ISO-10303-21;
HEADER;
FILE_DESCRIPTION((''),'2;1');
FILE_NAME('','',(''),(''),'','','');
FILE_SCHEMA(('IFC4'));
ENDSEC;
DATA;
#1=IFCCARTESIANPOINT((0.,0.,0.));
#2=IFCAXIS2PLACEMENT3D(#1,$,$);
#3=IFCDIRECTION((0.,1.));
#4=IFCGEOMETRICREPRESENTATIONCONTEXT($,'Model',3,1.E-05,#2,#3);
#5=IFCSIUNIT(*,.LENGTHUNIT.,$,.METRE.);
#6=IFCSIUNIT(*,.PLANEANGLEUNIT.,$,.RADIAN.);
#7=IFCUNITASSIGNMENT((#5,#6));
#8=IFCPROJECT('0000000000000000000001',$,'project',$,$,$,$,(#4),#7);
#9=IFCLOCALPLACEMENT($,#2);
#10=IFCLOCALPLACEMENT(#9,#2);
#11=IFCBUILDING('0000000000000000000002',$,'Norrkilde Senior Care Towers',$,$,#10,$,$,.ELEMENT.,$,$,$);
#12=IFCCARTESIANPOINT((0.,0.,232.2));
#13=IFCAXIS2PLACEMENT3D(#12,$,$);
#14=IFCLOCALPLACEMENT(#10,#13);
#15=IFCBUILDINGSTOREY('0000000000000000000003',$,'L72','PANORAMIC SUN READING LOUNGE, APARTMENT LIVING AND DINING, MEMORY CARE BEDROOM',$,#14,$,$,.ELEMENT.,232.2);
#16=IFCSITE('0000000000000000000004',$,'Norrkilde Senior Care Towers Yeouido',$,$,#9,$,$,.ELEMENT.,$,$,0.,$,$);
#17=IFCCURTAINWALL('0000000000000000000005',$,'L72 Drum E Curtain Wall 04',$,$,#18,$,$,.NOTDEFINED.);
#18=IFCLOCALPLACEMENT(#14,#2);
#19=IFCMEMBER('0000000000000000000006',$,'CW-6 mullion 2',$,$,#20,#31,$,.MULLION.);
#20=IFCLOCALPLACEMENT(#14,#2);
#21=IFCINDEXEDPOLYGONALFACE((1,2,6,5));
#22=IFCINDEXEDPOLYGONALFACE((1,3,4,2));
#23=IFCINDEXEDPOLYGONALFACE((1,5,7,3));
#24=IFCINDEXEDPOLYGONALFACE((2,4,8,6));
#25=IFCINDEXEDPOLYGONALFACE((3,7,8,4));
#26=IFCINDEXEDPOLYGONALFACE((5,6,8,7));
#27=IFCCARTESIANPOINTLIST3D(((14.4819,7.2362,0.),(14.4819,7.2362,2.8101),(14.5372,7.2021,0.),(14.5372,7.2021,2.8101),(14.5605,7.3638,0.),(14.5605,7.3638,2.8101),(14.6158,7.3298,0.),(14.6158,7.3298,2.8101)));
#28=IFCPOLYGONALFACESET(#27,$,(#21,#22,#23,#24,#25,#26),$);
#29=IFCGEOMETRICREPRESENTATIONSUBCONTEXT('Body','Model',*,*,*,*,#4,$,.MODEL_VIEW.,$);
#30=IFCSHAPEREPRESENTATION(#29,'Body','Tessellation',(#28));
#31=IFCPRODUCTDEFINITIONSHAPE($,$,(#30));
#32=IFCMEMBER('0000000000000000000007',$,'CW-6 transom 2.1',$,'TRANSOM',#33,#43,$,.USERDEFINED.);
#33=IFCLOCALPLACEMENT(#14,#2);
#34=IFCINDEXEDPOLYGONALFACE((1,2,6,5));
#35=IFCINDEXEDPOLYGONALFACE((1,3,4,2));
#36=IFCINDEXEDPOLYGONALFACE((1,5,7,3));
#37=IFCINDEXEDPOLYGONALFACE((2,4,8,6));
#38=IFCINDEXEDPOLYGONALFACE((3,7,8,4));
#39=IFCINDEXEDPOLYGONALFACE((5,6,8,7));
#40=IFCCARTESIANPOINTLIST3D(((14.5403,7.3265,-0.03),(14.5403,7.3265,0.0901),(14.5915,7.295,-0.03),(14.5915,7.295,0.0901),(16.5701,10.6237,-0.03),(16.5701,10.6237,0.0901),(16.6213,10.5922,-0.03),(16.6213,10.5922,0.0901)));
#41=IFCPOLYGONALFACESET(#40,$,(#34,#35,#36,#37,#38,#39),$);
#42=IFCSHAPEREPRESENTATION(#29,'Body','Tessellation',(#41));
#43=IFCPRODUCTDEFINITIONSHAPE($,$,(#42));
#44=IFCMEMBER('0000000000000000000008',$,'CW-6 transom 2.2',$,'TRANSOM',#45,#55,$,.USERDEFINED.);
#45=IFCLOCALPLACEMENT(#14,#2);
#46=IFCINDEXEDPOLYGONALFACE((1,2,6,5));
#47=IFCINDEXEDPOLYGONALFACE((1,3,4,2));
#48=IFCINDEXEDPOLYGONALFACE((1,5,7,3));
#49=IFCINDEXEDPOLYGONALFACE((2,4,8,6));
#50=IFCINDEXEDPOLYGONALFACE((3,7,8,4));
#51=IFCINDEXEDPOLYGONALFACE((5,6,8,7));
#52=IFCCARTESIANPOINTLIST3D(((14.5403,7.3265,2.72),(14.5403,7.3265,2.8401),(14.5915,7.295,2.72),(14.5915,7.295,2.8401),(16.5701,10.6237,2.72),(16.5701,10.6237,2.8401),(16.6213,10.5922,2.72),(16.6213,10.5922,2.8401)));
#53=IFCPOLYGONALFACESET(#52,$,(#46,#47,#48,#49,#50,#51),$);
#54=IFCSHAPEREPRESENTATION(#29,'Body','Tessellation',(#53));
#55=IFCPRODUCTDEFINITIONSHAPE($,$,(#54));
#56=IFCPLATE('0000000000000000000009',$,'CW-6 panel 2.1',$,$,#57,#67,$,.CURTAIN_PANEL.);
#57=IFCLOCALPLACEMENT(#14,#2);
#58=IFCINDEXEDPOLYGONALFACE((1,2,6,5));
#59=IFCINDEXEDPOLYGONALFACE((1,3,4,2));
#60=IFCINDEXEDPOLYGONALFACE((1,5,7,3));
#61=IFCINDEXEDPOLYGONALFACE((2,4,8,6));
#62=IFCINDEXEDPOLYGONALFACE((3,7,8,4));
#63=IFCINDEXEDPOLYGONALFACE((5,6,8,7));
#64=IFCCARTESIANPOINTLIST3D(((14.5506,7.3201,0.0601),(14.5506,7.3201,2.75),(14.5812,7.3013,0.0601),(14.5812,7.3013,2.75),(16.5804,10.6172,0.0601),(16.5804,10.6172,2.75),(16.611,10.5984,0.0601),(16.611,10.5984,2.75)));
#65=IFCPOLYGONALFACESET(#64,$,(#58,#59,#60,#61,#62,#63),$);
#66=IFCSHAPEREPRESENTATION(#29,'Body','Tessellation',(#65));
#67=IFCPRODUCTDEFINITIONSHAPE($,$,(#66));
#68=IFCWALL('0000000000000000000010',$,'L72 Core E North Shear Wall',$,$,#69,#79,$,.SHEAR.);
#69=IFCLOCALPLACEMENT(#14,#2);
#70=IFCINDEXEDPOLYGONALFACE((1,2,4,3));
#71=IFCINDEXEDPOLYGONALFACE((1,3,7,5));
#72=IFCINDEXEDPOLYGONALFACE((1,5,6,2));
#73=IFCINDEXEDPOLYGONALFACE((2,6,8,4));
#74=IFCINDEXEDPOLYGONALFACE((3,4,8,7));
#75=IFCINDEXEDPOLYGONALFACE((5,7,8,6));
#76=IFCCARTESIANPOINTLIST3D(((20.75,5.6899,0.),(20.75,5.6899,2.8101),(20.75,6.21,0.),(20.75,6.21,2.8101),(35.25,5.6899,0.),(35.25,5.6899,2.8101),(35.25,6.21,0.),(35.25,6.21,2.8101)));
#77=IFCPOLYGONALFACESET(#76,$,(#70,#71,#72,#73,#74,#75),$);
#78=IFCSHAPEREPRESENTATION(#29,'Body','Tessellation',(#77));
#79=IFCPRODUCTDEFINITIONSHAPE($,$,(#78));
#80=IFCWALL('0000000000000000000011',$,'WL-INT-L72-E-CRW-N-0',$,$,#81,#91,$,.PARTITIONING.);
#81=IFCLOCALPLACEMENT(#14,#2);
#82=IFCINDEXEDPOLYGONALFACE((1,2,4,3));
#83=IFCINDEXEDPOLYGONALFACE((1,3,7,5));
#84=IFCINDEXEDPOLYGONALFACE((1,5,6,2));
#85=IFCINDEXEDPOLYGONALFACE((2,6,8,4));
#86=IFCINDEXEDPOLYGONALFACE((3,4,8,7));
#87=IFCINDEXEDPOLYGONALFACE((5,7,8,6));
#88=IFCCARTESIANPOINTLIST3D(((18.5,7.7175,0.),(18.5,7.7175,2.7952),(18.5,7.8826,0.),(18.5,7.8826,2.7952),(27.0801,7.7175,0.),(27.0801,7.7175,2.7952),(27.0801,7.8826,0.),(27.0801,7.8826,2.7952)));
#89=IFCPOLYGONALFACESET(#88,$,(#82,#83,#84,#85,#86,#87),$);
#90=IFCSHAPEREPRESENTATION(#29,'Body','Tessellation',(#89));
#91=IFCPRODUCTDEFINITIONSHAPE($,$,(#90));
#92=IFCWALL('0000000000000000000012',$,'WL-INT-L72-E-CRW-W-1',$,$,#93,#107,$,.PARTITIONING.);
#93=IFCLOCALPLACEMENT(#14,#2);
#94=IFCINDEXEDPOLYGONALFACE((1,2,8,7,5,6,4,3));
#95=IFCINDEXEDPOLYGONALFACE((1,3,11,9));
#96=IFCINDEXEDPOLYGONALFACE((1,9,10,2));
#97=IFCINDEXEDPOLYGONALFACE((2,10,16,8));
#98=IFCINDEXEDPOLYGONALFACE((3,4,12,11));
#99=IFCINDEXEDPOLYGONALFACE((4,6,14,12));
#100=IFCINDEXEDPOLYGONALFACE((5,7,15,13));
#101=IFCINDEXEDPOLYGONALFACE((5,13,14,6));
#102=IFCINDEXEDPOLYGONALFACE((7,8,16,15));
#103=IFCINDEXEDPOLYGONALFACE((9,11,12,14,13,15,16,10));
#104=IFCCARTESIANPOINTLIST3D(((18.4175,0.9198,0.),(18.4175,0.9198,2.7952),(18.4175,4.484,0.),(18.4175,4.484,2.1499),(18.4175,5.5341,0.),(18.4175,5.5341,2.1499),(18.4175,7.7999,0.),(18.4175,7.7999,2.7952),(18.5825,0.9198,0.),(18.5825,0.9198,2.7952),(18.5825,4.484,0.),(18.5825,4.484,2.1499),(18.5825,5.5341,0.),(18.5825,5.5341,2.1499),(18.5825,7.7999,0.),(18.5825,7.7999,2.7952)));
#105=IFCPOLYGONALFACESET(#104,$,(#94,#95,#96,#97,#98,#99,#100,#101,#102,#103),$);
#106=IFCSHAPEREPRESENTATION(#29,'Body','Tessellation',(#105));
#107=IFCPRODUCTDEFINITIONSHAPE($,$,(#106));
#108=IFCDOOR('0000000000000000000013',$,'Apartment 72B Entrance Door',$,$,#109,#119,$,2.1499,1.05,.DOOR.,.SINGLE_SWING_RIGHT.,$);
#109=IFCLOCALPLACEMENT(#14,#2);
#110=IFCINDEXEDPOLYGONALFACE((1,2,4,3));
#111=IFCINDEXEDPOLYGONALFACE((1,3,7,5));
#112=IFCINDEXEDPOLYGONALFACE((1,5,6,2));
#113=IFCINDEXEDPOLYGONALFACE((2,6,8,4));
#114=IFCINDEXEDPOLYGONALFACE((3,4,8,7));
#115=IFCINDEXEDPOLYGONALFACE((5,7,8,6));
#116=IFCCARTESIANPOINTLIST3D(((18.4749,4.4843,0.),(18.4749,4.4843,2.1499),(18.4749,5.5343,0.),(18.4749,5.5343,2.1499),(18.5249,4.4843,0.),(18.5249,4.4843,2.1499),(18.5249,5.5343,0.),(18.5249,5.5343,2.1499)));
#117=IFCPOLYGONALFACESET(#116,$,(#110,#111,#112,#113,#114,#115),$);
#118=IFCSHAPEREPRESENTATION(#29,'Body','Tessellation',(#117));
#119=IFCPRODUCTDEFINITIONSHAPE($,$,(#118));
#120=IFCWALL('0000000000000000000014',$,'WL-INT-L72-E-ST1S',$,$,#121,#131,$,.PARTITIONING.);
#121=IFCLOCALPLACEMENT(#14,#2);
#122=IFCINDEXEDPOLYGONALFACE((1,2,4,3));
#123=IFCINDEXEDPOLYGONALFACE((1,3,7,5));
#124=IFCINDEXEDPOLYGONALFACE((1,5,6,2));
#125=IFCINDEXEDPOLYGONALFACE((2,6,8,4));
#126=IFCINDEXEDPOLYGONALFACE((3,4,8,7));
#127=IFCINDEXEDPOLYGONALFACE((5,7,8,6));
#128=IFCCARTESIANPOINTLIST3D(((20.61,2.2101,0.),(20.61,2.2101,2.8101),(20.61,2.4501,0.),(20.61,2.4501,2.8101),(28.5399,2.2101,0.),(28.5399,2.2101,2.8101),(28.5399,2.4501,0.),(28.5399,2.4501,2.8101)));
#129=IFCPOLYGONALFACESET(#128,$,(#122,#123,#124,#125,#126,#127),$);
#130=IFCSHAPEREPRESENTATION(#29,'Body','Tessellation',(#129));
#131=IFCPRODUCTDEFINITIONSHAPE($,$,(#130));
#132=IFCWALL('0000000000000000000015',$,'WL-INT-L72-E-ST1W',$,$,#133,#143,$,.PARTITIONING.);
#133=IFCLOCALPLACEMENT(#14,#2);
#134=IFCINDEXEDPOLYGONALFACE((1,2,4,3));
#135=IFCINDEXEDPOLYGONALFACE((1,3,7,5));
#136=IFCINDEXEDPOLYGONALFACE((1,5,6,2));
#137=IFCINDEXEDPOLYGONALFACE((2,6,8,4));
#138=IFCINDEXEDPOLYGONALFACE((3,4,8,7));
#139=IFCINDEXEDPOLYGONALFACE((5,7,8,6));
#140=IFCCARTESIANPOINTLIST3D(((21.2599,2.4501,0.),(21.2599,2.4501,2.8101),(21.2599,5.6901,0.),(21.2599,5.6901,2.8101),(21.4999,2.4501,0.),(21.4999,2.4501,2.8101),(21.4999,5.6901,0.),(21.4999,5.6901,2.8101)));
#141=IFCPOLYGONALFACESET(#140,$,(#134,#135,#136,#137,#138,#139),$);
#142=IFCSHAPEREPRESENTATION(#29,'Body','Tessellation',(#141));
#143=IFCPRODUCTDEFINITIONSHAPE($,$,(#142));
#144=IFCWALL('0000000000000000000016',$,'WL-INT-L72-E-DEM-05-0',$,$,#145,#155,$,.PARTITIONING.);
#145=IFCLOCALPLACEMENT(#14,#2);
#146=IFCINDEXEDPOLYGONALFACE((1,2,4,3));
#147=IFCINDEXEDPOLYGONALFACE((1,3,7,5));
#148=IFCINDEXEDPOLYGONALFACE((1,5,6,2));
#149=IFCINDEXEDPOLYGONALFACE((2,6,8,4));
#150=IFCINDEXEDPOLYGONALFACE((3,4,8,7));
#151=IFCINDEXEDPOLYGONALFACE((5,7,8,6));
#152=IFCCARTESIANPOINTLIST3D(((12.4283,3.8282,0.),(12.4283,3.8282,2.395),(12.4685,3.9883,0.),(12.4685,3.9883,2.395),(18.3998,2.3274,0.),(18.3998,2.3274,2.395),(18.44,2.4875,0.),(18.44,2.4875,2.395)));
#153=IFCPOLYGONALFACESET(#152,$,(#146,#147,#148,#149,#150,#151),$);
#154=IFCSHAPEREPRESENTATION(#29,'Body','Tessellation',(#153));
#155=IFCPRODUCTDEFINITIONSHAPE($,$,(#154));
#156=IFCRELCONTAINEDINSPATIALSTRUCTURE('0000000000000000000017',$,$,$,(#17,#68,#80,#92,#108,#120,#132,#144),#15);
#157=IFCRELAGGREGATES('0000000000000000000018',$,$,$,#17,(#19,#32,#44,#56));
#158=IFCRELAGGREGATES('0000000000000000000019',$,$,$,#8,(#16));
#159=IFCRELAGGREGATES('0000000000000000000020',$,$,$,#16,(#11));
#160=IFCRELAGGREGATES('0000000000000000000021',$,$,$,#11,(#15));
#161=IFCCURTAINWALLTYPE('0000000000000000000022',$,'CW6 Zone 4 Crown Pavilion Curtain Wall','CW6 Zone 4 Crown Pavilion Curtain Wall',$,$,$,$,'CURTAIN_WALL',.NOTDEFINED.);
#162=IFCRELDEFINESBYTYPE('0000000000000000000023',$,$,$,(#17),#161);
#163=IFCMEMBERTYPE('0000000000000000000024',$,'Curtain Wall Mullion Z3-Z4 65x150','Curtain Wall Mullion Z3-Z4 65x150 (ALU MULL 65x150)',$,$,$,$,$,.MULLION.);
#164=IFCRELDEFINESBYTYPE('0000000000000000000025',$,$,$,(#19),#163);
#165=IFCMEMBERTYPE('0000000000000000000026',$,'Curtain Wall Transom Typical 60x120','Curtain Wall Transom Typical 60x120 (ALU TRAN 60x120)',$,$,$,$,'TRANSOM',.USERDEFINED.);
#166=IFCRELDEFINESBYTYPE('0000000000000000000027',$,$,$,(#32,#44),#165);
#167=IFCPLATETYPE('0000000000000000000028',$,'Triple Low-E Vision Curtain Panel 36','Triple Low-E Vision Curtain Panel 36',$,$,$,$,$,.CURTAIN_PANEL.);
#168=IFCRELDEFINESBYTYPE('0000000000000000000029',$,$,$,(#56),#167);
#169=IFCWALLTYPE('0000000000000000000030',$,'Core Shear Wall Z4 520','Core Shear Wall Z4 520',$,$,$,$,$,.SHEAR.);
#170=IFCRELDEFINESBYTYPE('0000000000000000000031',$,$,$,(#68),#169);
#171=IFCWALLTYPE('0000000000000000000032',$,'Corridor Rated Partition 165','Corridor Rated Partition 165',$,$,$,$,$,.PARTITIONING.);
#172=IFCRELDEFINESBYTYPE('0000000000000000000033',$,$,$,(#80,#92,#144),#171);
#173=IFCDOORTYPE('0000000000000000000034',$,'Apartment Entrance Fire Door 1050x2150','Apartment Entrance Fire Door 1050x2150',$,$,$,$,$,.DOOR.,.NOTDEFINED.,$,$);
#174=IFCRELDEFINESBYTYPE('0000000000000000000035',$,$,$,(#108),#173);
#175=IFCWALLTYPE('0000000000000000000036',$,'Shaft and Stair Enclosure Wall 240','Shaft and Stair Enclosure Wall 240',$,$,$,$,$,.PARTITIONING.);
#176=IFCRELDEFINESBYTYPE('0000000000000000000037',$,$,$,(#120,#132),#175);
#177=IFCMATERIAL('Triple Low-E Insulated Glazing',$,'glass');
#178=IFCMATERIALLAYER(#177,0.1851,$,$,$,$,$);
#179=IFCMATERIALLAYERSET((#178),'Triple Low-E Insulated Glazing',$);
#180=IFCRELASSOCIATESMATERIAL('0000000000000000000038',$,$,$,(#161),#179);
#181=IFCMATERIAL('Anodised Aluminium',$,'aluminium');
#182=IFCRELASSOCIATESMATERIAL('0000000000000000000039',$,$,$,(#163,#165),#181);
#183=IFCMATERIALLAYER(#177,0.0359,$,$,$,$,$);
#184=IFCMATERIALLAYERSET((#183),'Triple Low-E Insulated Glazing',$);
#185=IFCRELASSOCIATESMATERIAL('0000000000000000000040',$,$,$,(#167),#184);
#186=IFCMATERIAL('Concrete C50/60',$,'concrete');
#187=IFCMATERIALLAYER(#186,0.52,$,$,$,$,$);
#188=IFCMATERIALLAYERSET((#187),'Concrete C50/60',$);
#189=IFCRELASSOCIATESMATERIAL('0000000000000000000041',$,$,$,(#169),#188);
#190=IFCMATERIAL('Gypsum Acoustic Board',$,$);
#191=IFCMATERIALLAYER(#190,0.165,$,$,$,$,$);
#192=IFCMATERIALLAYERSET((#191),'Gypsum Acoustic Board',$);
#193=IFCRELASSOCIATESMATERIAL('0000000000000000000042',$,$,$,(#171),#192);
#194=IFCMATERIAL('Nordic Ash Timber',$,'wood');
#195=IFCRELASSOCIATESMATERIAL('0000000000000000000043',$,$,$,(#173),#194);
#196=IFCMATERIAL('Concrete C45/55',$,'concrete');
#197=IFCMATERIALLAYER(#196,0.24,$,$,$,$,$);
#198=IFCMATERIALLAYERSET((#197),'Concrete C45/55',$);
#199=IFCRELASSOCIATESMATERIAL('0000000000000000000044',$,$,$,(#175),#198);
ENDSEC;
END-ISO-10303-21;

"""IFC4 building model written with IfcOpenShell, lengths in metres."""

from ifc_helpers import new_model, si_unit, direction, frame, frame_2d, origin, origin_2d, place, context, subcontext, project, spatial, rectangle, extrude, source, transform, mapped, material, layer, layer_set, material_profile, profile_set, type_object, type_shapes, element, fill, aggregate, save


model = new_model("IFC4")

# Units and contexts
model_context = context("Model", 3, precision=1e-05, world=origin(), true_north=direction((0.0, 1.0)))
body_context = subcontext(model_context, "Body", "Model", "MODEL_VIEW")
ifc_project = project(units=[si_unit("LENGTHUNIT", "METRE"), si_unit("PLANEANGLEUNIT", "RADIAN")], contexts=[model_context])

# Site, building, storey
site_placement = place(None, origin())
site = spatial("IfcSite", under=ifc_project, at=site_placement, Name="Norrkilde Senior Care Towers Yeouido", CompositionType="ELEMENT", RefElevation=0.0)
building_placement = place(site_placement, origin())
building = spatial("IfcBuilding", under=site, at=building_placement, Name="Norrkilde Senior Care Towers", CompositionType="ELEMENT")
storey_placement = place(building_placement, frame((0.0, 0.0, 232.2)))
storey = spatial("IfcBuildingStorey", under=building, at=storey_placement, Name="L72", Description="PANORAMIC SUN READING LOUNGE, APARTMENT LIVING AND DINING, MEMORY CARE BEDROOM", CompositionType="ELEMENT", Elevation=232.2)

# Curtain wall, members, plate
ifc_material_1 = material(Name="Triple Low-E Insulated Glazing", Category="glass")
ifc_layer_1 = layer(ifc_material_1, 0.1851)
ifc_layer_set_1 = layer_set([ifc_layer_1], Name="Triple Low-E Insulated Glazing")
curtain_wall_type = type_object("IfcCurtainWallType", Name="CW6 Zone 4 Crown Pavilion Curtain Wall", Description="CW6 Zone 4 Crown Pavilion Curtain Wall", ElementType="CURTAIN_WALL", PredefinedType="NOTDEFINED", material=ifc_layer_set_1)
curtain_wall_placement = place(storey_placement, origin())
curtain_wall = element("IfcCurtainWall", 1, at=curtain_wall_placement, inside=storey, type_object=curtain_wall_type, Name="L72 Drum E Curtain Wall 04", PredefinedType="NOTDEFINED")
ifc_material_2 = material(Name="Anodised Aluminium", Category="aluminium")
ifc_material_profile_1 = material_profile(ifc_material_2, rectangle(XDim=0.0649, YDim=0.1499, at=origin_2d()), Name="ALU MULL 65x150")
ifc_profile_set_1 = profile_set([ifc_material_profile_1], Name="Anodised Aluminium")
member_type_1 = type_object("IfcMemberType", Name="Curtain Wall Mullion Z3-Z4 65x150", Description="Curtain Wall Mullion Z3-Z4 65x150 (ALU MULL 65x150)", PredefinedType="MULLION", material=ifc_profile_set_1)
shared_shape_1 = source(origin(), body_context, "Body", "SweptSolid", [
    extrude(rectangle(XDim=0.0649, YDim=0.1499, at=origin_2d()), origin(), (0.0, 0.0, 1.0), 2.8101),
])
type_shapes(member_type_1, [shared_shape_1])
member_1_placement = place(storey_placement, frame((14.5488, 7.283, 0.0), z_axis=(0.0, 0.0, 1.0), x_axis=(-0.851563, 0.524253, 0.0)))
member_1 = element("IfcMember", 2, at=member_1_placement, type_object=member_type_1, Name="CW-6 mullion 2", PredefinedType="MULLION", context=body_context, shape_type="MappedRepresentation", body=[
    mapped(shared_shape_1, transform((0.0, 0.0, 0.0), x_axis=(1.0, 0.0, 0.0), y_axis=(0.0, 1.0, 0.0), z_axis=(0.0, 0.0, 1.0), scale=1.0)),
])
ifc_material_profile_2 = material_profile(ifc_material_2, rectangle(XDim=0.0601, YDim=0.1201, at=origin_2d()), Name="ALU TRAN 60x120")
ifc_profile_set_2 = profile_set([ifc_material_profile_2], Name="Anodised Aluminium")
member_type_2 = type_object("IfcMemberType", Name="Curtain Wall Transom Typical 60x120", Description="Curtain Wall Transom Typical 60x120 (ALU TRAN 60x120)", ElementType="TRANSOM", PredefinedType="USERDEFINED", material=ifc_profile_set_2)
shared_shape_2 = source(origin(), body_context, "Body", "SweptSolid", [
    extrude(rectangle(XDim=0.0601, YDim=0.1201, at=origin_2d()), origin(), (0.0, 0.0, 1.0), 3.8718),
])
type_shapes(member_type_2, [shared_shape_2])
member_2_placement = place(storey_placement, frame((14.5659, 7.3108, 0.03), z_axis=(0.524245, 0.851567, 0.0), x_axis=(-0.851567, 0.524245, 0.0)))
member_2 = element("IfcMember", 3, at=member_2_placement, type_object=member_type_2, Name="CW-6 transom 2.1", ObjectType="TRANSOM", PredefinedType="USERDEFINED", context=body_context, shape_type="MappedRepresentation", body=[
    mapped(shared_shape_2, transform((0.0, 0.0, 0.0), x_axis=(1.0, 0.0, 0.0), y_axis=(0.0, 1.0, 0.0), z_axis=(0.0, 0.0, 1.0), scale=1.0)),
])
member_3_placement = place(storey_placement, frame((14.5659, 7.3108, 2.78), z_axis=(0.524245, 0.851567, 0.0), x_axis=(-0.851567, 0.524245, 0.0)))
member_3 = element("IfcMember", 4, at=member_3_placement, type_object=member_type_2, Name="CW-6 transom 2.2", ObjectType="TRANSOM", PredefinedType="USERDEFINED", context=body_context, shape_type="MappedRepresentation", body=[
    mapped(shared_shape_2, transform((0.0, 0.0, 0.0), x_axis=(1.0, 0.0, 0.0), y_axis=(0.0, 1.0, 0.0), z_axis=(0.0, 0.0, 1.0), scale=1.0)),
])
ifc_layer_2 = layer(ifc_material_1, 0.0359)
ifc_layer_set_2 = layer_set([ifc_layer_2], Name="Triple Low-E Insulated Glazing")
plate_type = type_object("IfcPlateType", Name="Triple Low-E Vision Curtain Panel 36", Description="Triple Low-E Vision Curtain Panel 36", PredefinedType="CURTAIN_PANEL", material=ifc_layer_set_2)
shared_shape_3 = source(origin(), body_context, "Body", "SweptSolid", [
    extrude(rectangle(XDim=3.8718, YDim=0.0359, at=origin_2d()), origin(), (0.0, 0.0, 1.0), 2.6899),
])
type_shapes(plate_type, [shared_shape_3])
plate_placement = place(storey_placement, frame((15.5808, 8.9592, 0.0601), z_axis=(0.0, 0.0, 1.0), x_axis=(0.524253, 0.851563, 0.0)))
plate = element("IfcPlate", 5, at=plate_placement, type_object=plate_type, Name="CW-6 panel 2.1", PredefinedType="CURTAIN_PANEL", context=body_context, shape_type="MappedRepresentation", body=[
    mapped(shared_shape_3, transform((0.0, 0.0, 0.0), x_axis=(1.0, 0.0, 0.0), y_axis=(0.0, 1.0, 0.0), z_axis=(0.0, 0.0, 1.0), scale=1.0)),
])
aggregate(curtain_wall, [member_1, member_2, member_3, plate])

# Walls
ifc_material_3 = material(Name="Concrete C50/60", Category="concrete")
ifc_layer_3 = layer(ifc_material_3, 0.52)
ifc_layer_set_3 = layer_set([ifc_layer_3], Name="Concrete C50/60")
wall_type_1 = type_object("IfcWallType", Name="Core Shear Wall Z4 520", Description="Core Shear Wall Z4 520", PredefinedType="SHEAR", material=ifc_layer_set_3)
shared_shape_4 = source(origin(), body_context, "Body", "SweptSolid", [
    extrude(rectangle(XDim=14.5, YDim=0.52, at=frame_2d((7.25, 0.0))), origin(), (0.0, 0.0, 1.0), 2.8101),
])
type_shapes(wall_type_1, [shared_shape_4])
wall_1_placement = place(storey_placement, frame((20.75, 5.95, 0.0), z_axis=(0.0, 0.0, 1.0), x_axis=(1.0, 0.0, 0.0)))
element("IfcWall", 6, at=wall_1_placement, inside=storey, type_object=wall_type_1, Name="L72 Core E North Shear Wall", PredefinedType="SHEAR", context=body_context, shape_type="MappedRepresentation", body=[
    mapped(shared_shape_4, transform((0.0, 0.0, 0.0), x_axis=(1.0, 0.0, 0.0), y_axis=(0.0, 1.0, 0.0), z_axis=(0.0, 0.0, 1.0), scale=1.0)),
])
ifc_material_4 = material(Name="Gypsum Acoustic Board")
ifc_layer_4 = layer(ifc_material_4, 0.165)
ifc_layer_set_4 = layer_set([ifc_layer_4], Name="Gypsum Acoustic Board")
wall_type_2 = type_object("IfcWallType", Name="Corridor Rated Partition 165", Description="Corridor Rated Partition 165", PredefinedType="PARTITIONING", material=ifc_layer_set_4)
shared_shape_5 = source(origin(), body_context, "Body", "SweptSolid", [
    extrude(rectangle(XDim=8.5801, YDim=0.165, at=frame_2d((4.29, 0.0))), origin(), (0.0, 0.0, 1.0), 2.7952),
])
wall_2_placement = place(storey_placement, frame((18.5, 7.8, 0.0), z_axis=(0.0, 0.0, 1.0), x_axis=(1.0, 0.0, 0.0)))
element("IfcWall", 7, at=wall_2_placement, inside=storey, type_object=wall_type_2, Name="WL-INT-L72-E-CRW-N-0", PredefinedType="PARTITIONING", context=body_context, shape_type="MappedRepresentation", body=[
    mapped(shared_shape_5, transform((0.0, 0.0, 0.0), x_axis=(1.0, 0.0, 0.0), y_axis=(0.0, 1.0, 0.0), z_axis=(0.0, 0.0, 1.0), scale=1.0)),
])

# Wall, opening, door
shared_shape_6 = source(origin(), body_context, "Body", "SweptSolid", [
    extrude(rectangle(XDim=6.8801, YDim=0.165, at=frame_2d((3.4399, 0.0))), origin(), (0.0, 0.0, 1.0), 2.7952),
])
wall_3_placement = place(storey_placement, frame((18.5, 0.9199, 0.0), z_axis=(0.0, 0.0, 1.0), x_axis=(0.0, 1.0, 0.0)))
wall_3 = element("IfcWall", 8, at=wall_3_placement, inside=storey, type_object=wall_type_2, Name="WL-INT-L72-E-CRW-W-1", PredefinedType="PARTITIONING", context=body_context, shape_type="MappedRepresentation", body=[
    mapped(shared_shape_6, transform((0.0, 0.0, 0.0), x_axis=(1.0, 0.0, 0.0), y_axis=(0.0, 1.0, 0.0), z_axis=(0.0, 0.0, 1.0), scale=1.0)),
])
opening_1_placement = place(wall_3_placement, frame((3.5642, 0.0, 0.0)))
opening_1 = element("IfcOpeningElement", 9, at=opening_1_placement, cuts=wall_3, PredefinedType="OPENING", context=body_context, shape_type="SweptSolid", body=[
    extrude(rectangle(XDim=1.05, YDim=2.1499, at=frame_2d((0.5249, 1.075))), frame((0.0, 0.0925, 0.0), z_axis=(0.0, -1.0, 0.0), x_axis=(1.0, 0.0, 0.0)), (0.0, 0.0, 1.0), 0.1851),
])
ifc_material_5 = material(Name="Nordic Ash Timber", Category="wood")
door_type_1 = type_object("IfcDoorType", Name="Apartment Entrance Fire Door 1050x2150", Description="Apartment Entrance Fire Door 1050x2150", OperationType="NOTDEFINED", PredefinedType="DOOR", material=ifc_material_5)
shared_shape_7 = source(origin(), body_context, "Body", "SweptSolid", [
    extrude(rectangle(XDim=1.05, YDim=2.1499, at=frame_2d((0.5249, 1.075))), frame((0.0, 0.0249, 0.0), z_axis=(0.0, -1.0, 0.0), x_axis=(1.0, 0.0, 0.0)), (0.0, 0.0, 1.0), 0.05),
])
type_shapes(door_type_1, [shared_shape_7])
door_1_placement = place(opening_1_placement, frame((1.05, 0.0, 0.0), z_axis=(0.0, 0.0, 1.0), x_axis=(-1.0, 0.0, 0.0)))
door_1 = element("IfcDoor", 10, at=door_1_placement, inside=storey, type_object=door_type_1, Name="Apartment 72B Entrance Door", OperationType="SINGLE_SWING_RIGHT", OverallHeight=2.1499, OverallWidth=1.05, PredefinedType="DOOR", context=body_context, shape_type="MappedRepresentation", body=[
    mapped(shared_shape_7, transform((0.0, 0.0, 0.0), x_axis=(1.0, 0.0, 0.0), y_axis=(0.0, 1.0, 0.0), z_axis=(0.0, 0.0, 1.0), scale=1.0)),
])
fill(opening_1, door_1)

# Walls
ifc_material_6 = material(Name="Concrete C45/55", Category="concrete")
ifc_layer_5 = layer(ifc_material_6, 0.24)
ifc_layer_set_5 = layer_set([ifc_layer_5], Name="Concrete C45/55")
wall_type_3 = type_object("IfcWallType", Name="Shaft and Stair Enclosure Wall 240", Description="Shaft and Stair Enclosure Wall 240", PredefinedType="PARTITIONING", material=ifc_layer_set_5)
shared_shape_8 = source(origin(), body_context, "Body", "SweptSolid", [
    extrude(rectangle(XDim=7.9299, YDim=0.24, at=frame_2d((3.9648, 0.0))), origin(), (0.0, 0.0, 1.0), 2.8101),
])
wall_4_placement = place(storey_placement, frame((20.6101, 2.3301, 0.0), z_axis=(0.0, 0.0, 1.0), x_axis=(1.0, 0.0, 0.0)))
element("IfcWall", 11, at=wall_4_placement, inside=storey, type_object=wall_type_3, Name="WL-INT-L72-E-ST1S", PredefinedType="PARTITIONING", context=body_context, shape_type="MappedRepresentation", body=[
    mapped(shared_shape_8, transform((0.0, 0.0, 0.0), x_axis=(1.0, 0.0, 0.0), y_axis=(0.0, 1.0, 0.0), z_axis=(0.0, 0.0, 1.0), scale=1.0)),
])
shared_shape_9 = source(origin(), body_context, "Body", "SweptSolid", [
    extrude(rectangle(XDim=3.24, YDim=0.24, at=frame_2d((1.6201, 0.0))), origin(), (0.0, 0.0, 1.0), 2.8101),
])
type_shapes(wall_type_3, [shared_shape_8, shared_shape_9])
wall_5_placement = place(storey_placement, frame((21.3799, 2.45, 0.0), z_axis=(0.0, 0.0, 1.0), x_axis=(0.0, 1.0, 0.0)))
element("IfcWall", 12, at=wall_5_placement, inside=storey, type_object=wall_type_3, Name="WL-INT-L72-E-ST1W", PredefinedType="PARTITIONING", context=body_context, shape_type="MappedRepresentation", body=[
    mapped(shared_shape_9, transform((0.0, 0.0, 0.0), x_axis=(1.0, 0.0, 0.0), y_axis=(0.0, 1.0, 0.0), z_axis=(0.0, 0.0, 1.0), scale=1.0)),
])
shared_shape_10 = source(origin(), body_context, "Body", "SweptSolid", [
    extrude(rectangle(XDim=6.1572, YDim=0.165, at=frame_2d((3.0786, 0.0))), origin(), (0.0, 0.0, 1.0), 2.395),
])
type_shapes(wall_type_2, [shared_shape_5, shared_shape_6, shared_shape_10])
wall_6_placement = place(storey_placement, frame((18.4199, 2.4075, 0.0), z_axis=(0.0, 0.0, 1.0), x_axis=(-0.969841, 0.243739, 0.0)))
element("IfcWall", 13, at=wall_6_placement, inside=storey, type_object=wall_type_2, Name="WL-INT-L72-E-DEM-05-0", PredefinedType="PARTITIONING", context=body_context, shape_type="MappedRepresentation", body=[
    mapped(shared_shape_10, transform((0.0, 0.0, 0.0), x_axis=(1.0, 0.0, 0.0), y_axis=(0.0, 1.0, 0.0), z_axis=(0.0, 0.0, 1.0), scale=1.0)),
])

save(model, "model.ifc")
